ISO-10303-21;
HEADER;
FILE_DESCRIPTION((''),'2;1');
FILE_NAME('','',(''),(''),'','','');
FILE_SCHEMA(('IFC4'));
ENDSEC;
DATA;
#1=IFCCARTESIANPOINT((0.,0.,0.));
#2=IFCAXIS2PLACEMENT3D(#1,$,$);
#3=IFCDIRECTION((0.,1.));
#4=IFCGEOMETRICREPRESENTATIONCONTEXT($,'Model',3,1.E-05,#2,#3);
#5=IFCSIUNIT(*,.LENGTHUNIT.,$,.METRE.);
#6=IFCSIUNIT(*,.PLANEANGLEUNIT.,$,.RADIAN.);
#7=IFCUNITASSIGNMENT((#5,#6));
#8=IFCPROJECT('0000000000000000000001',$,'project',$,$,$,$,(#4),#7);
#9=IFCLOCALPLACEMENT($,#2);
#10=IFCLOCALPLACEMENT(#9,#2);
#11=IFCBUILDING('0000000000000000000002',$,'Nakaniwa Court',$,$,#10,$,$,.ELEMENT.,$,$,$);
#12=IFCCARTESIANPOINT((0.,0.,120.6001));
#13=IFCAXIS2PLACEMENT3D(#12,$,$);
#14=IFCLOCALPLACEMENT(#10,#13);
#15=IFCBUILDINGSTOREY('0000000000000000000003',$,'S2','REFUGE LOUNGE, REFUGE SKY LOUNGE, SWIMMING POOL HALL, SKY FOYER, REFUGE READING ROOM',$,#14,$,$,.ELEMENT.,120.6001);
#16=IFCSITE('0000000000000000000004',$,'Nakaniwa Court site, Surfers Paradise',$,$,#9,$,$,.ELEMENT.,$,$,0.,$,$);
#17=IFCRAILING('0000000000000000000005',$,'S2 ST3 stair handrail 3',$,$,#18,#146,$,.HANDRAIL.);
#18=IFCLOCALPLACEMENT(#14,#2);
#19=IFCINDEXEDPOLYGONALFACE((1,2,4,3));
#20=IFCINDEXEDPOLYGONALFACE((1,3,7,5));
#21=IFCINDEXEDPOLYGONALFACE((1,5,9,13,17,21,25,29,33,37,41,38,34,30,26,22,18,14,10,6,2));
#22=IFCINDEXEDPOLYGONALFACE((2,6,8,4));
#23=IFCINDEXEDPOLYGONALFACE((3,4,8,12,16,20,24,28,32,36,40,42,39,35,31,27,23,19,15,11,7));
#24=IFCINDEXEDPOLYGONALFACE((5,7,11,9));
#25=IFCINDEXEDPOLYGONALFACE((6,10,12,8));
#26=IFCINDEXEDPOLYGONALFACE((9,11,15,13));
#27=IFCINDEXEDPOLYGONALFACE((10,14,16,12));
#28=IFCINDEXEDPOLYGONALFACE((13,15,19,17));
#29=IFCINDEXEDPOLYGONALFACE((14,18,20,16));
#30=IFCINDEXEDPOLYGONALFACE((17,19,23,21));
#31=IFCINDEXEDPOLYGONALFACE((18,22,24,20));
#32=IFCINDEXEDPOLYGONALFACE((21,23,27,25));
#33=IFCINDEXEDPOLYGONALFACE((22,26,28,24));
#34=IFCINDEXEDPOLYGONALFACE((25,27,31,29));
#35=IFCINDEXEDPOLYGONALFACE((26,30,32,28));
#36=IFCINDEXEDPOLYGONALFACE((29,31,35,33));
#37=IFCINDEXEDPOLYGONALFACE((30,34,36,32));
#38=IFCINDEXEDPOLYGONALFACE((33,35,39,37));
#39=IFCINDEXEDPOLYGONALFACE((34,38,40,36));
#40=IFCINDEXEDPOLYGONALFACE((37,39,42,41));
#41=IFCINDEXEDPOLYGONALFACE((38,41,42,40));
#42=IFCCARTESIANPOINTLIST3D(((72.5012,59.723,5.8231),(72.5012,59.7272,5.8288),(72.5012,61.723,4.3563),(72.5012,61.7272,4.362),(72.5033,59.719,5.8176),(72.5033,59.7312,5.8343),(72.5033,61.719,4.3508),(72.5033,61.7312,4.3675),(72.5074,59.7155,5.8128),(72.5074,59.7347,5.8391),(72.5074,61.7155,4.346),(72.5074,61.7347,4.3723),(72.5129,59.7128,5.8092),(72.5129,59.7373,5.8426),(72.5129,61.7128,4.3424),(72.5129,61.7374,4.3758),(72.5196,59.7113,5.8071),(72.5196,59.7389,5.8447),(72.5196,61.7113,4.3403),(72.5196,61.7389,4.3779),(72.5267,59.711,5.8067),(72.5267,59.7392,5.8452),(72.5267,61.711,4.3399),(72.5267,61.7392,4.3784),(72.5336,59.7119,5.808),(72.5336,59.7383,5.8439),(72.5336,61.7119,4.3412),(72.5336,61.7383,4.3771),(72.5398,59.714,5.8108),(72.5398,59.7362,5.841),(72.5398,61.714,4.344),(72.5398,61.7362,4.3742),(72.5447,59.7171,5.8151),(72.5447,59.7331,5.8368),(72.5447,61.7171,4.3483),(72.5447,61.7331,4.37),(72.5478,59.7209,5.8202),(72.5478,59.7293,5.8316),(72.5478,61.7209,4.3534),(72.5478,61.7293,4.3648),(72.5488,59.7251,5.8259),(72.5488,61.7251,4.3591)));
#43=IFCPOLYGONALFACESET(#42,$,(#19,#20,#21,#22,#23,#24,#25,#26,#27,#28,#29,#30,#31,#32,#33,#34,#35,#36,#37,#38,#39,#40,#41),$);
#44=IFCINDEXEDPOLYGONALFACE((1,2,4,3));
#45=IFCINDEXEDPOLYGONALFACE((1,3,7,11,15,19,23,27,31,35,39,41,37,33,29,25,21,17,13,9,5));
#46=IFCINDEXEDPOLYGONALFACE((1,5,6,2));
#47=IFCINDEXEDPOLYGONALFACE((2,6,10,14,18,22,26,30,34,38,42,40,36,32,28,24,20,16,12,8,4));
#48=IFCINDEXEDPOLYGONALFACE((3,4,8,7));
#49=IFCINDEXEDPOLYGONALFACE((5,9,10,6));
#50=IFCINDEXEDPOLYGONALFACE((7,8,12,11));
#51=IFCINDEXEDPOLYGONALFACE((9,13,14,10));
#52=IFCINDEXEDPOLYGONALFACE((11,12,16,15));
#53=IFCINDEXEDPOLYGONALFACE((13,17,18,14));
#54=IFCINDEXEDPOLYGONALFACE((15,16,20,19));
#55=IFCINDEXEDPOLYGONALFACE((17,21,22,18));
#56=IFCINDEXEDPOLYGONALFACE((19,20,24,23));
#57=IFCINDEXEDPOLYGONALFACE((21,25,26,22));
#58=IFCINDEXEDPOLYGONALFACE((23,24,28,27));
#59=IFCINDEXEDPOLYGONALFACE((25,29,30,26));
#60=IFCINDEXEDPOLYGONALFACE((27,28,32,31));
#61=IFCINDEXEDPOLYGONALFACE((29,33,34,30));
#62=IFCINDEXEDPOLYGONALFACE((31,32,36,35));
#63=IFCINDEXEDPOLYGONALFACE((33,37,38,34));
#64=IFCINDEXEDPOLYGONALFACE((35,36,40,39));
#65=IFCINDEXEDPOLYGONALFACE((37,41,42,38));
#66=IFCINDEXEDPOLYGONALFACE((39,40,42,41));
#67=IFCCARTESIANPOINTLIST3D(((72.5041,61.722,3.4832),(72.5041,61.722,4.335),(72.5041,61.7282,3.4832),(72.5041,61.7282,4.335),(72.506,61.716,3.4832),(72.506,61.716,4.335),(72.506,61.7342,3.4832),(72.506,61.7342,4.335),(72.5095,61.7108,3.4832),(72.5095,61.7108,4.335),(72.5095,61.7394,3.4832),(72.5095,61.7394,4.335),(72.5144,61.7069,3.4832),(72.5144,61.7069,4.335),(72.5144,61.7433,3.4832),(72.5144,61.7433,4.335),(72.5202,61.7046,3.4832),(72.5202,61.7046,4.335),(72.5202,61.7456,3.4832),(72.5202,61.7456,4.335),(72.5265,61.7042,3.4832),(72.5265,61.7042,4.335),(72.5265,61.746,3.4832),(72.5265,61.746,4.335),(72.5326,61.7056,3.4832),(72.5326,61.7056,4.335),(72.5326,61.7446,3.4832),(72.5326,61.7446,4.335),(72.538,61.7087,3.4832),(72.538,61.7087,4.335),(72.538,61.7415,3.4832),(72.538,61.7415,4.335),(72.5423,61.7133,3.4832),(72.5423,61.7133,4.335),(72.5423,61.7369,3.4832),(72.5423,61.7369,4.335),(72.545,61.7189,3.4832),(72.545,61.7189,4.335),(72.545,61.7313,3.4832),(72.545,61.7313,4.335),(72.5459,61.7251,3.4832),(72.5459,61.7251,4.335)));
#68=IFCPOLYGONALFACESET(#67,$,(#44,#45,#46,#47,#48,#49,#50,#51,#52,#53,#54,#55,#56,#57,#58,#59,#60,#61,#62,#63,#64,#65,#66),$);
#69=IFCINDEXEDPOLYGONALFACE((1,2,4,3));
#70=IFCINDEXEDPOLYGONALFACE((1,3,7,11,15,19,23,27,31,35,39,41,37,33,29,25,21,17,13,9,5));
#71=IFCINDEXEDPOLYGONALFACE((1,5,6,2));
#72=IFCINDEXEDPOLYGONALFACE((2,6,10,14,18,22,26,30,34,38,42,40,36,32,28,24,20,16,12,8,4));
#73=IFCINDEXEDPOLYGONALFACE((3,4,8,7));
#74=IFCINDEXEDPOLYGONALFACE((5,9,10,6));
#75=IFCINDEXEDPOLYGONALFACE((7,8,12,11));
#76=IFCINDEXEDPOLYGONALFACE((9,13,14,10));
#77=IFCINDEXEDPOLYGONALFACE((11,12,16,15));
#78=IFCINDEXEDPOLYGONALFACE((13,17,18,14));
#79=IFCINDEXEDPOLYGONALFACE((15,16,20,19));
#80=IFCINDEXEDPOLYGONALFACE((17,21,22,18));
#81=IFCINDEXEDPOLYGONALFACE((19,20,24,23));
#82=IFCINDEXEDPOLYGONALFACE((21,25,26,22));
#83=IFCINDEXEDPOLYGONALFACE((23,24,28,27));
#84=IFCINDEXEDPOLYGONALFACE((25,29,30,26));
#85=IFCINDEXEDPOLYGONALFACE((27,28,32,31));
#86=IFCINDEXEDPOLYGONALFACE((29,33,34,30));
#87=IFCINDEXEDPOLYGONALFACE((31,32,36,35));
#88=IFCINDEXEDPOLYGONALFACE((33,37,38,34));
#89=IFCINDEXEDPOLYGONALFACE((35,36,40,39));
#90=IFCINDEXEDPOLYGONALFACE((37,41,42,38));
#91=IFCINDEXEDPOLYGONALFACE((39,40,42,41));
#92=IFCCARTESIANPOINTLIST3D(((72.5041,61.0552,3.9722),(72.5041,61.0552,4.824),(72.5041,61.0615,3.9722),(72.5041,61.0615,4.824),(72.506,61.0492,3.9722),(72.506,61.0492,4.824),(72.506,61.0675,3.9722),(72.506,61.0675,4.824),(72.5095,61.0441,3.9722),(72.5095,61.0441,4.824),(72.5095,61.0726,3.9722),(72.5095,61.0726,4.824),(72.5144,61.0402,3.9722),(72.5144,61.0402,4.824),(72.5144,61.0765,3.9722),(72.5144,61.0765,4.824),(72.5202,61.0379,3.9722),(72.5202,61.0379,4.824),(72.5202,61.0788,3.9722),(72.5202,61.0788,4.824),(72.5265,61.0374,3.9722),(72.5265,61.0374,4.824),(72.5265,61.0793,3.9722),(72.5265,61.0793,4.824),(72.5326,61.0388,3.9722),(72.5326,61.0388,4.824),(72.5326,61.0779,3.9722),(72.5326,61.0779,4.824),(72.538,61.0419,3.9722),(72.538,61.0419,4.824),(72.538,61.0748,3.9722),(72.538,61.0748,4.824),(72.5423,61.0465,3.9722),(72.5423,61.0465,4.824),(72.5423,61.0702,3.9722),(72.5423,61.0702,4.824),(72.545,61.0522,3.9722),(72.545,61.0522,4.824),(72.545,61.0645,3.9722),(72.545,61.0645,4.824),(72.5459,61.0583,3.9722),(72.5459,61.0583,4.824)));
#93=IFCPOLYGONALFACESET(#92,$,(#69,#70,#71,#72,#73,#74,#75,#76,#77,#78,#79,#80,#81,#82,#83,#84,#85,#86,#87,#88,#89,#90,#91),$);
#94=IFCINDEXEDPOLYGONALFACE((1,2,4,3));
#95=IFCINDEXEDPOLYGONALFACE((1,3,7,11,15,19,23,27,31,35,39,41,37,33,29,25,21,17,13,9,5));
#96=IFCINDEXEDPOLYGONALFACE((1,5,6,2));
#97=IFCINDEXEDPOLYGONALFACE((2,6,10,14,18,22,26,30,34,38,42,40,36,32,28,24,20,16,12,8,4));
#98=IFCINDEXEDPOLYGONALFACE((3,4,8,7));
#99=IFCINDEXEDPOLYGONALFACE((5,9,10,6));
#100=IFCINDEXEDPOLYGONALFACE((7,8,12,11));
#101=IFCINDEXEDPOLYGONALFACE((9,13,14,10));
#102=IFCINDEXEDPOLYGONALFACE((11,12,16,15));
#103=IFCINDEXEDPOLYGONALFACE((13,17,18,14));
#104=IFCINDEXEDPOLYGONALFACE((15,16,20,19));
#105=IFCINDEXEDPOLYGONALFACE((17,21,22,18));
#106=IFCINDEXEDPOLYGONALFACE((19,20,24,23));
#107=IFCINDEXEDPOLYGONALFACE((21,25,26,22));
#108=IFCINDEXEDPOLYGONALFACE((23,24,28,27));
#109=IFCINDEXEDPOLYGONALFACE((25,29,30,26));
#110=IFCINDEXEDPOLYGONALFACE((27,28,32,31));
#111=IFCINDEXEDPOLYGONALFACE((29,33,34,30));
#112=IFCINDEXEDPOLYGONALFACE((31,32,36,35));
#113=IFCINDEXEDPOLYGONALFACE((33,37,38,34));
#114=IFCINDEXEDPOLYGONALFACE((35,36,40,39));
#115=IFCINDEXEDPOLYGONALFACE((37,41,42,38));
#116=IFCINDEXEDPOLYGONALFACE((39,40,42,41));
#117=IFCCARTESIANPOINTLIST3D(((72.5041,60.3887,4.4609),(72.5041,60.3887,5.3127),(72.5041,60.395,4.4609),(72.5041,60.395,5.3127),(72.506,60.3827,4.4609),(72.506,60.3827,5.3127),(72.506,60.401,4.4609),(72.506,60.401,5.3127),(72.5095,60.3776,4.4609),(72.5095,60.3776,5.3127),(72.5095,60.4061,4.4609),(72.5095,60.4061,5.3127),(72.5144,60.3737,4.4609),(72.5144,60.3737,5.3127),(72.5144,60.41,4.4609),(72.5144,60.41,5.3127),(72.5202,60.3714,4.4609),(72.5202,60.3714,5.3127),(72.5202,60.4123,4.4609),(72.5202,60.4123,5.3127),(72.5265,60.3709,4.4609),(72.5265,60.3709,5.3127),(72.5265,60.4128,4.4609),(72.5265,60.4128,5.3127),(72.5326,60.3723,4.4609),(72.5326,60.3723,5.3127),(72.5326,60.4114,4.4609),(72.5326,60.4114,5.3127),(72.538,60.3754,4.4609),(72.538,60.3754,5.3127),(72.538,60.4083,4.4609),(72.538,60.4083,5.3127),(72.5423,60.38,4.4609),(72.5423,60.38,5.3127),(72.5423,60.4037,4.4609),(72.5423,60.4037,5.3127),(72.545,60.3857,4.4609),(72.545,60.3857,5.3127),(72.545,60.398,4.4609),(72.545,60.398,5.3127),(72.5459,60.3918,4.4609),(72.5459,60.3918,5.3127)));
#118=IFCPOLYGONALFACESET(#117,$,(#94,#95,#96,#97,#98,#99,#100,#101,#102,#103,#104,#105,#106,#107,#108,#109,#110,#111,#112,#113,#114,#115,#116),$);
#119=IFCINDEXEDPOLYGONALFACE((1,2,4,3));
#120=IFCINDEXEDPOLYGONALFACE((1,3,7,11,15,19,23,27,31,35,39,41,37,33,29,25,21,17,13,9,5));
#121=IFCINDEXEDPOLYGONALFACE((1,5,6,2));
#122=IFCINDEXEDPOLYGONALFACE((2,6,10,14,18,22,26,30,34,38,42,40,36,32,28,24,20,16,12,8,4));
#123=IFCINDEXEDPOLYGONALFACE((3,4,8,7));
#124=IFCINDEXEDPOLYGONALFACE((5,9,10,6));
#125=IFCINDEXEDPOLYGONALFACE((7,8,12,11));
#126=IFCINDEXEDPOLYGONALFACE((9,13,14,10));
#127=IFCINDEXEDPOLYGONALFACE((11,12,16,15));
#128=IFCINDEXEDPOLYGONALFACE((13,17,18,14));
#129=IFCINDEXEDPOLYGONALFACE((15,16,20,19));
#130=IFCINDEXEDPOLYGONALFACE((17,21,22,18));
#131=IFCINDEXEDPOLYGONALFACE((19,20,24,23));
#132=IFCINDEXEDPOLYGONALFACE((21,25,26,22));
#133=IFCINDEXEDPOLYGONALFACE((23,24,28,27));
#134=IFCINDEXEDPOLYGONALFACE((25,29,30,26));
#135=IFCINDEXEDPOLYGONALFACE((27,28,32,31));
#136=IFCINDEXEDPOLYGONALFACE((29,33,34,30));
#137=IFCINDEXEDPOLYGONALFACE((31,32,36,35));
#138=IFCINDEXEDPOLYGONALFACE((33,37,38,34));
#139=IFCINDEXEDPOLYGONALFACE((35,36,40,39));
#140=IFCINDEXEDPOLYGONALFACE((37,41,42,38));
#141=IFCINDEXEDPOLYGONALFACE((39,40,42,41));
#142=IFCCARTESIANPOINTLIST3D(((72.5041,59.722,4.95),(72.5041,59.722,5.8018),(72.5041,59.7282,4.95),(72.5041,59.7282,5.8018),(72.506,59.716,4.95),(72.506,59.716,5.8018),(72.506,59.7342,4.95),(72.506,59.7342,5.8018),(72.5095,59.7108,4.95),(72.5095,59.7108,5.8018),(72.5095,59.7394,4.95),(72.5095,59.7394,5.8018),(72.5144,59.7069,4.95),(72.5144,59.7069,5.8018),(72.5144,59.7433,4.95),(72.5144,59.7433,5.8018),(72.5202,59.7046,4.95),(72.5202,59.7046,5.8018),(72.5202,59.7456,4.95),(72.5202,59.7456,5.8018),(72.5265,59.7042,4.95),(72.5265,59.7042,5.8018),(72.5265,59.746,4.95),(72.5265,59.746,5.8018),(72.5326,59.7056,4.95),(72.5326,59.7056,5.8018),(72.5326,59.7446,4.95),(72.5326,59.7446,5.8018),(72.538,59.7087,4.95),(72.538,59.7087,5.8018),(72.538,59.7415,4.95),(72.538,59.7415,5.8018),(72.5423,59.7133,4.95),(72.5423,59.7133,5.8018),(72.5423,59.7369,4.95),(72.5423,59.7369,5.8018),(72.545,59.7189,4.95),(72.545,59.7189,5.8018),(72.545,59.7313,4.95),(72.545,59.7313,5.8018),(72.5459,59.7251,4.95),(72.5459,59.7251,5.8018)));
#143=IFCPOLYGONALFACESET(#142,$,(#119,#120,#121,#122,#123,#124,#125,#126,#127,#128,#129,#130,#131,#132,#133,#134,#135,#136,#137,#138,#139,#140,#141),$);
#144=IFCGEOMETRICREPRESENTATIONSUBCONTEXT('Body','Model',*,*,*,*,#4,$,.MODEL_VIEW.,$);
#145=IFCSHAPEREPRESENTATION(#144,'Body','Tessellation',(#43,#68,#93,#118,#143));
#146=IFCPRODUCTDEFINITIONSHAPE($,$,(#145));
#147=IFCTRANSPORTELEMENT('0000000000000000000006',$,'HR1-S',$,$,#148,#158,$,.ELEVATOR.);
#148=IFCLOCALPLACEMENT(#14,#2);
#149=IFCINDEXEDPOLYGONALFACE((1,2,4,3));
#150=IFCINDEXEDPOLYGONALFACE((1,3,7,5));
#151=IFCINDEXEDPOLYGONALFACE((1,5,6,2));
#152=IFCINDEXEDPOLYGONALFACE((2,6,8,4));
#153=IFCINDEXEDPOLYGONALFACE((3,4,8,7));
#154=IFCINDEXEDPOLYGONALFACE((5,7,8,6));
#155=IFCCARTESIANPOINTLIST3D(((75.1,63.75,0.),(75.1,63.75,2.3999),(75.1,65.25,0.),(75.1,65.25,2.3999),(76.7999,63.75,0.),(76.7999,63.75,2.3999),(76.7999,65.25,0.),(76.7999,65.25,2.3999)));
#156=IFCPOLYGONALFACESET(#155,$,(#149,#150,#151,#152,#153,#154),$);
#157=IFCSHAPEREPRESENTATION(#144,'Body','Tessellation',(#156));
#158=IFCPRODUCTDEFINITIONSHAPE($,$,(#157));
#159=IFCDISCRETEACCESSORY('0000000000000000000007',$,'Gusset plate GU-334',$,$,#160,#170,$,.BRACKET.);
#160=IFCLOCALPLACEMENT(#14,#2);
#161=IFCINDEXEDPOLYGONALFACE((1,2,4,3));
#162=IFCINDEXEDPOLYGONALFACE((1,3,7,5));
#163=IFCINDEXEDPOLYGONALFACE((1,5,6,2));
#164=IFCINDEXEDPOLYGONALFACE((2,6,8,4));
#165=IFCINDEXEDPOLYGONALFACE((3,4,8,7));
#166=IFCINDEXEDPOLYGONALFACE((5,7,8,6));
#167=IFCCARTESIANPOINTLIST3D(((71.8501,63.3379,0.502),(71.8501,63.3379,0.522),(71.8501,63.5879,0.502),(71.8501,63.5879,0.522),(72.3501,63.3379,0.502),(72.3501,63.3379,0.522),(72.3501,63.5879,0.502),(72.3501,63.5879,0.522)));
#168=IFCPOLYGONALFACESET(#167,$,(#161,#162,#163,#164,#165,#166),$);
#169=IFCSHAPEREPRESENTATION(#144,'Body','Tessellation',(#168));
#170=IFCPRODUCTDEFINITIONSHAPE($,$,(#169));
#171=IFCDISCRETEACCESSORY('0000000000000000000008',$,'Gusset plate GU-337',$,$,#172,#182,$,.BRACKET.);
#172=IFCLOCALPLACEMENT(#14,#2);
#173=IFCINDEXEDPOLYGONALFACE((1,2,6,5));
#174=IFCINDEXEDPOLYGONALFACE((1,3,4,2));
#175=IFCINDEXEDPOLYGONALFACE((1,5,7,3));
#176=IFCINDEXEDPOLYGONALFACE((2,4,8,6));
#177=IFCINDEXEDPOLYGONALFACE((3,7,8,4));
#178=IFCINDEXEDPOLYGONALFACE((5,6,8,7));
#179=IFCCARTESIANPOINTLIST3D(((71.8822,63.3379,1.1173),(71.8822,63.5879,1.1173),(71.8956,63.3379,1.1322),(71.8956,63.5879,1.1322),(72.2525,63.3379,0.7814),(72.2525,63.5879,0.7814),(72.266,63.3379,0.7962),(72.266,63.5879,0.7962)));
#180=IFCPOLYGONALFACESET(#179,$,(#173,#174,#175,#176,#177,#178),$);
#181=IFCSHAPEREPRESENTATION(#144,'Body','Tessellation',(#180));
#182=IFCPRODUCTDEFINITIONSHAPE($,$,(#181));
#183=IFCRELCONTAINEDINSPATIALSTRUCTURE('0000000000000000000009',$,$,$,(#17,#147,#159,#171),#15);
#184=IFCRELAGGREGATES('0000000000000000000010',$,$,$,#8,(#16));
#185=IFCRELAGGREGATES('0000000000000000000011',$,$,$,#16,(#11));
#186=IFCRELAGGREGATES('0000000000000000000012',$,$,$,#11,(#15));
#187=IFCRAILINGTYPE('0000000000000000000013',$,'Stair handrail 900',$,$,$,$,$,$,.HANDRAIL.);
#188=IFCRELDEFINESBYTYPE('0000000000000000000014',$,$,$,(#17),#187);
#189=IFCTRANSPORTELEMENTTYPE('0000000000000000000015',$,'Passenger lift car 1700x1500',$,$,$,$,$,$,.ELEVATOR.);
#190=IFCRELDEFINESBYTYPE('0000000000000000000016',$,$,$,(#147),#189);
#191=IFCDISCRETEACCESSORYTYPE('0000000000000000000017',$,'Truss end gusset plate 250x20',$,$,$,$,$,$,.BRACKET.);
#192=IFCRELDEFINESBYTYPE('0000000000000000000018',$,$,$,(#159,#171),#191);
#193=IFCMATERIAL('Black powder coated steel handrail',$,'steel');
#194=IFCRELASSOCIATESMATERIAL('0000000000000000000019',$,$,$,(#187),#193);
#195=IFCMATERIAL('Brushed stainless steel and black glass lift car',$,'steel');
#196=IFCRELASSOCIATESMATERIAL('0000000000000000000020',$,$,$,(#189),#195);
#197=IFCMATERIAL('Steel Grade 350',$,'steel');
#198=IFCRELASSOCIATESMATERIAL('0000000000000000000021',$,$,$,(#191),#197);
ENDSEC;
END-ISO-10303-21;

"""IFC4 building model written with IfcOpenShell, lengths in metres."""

from ifc_helpers import new_model, si_unit, direction, frame, origin, origin_2d, place, context, subcontext, project, spatial, rectangle, circle, extrude, material, material_profile, profile_set, type_object, element, save


model = new_model("IFC4")

# Units and contexts
model_context = context("Model", 3, precision=1e-05, world=origin(), true_north=direction((0.0, 1.0)))
body_context = subcontext(model_context, "Body", "Model", "MODEL_VIEW")
ifc_project = project(units=[si_unit("LENGTHUNIT", "METRE"), si_unit("PLANEANGLEUNIT", "RADIAN")], contexts=[model_context])

# Site, building, storey
site_placement = place(None, origin())
site = spatial("IfcSite", under=ifc_project, at=site_placement, Name="Nakaniwa Court site, Surfers Paradise", CompositionType="ELEMENT", RefElevation=0.0)
building_placement = place(site_placement, origin())
building = spatial("IfcBuilding", under=site, at=building_placement, Name="Nakaniwa Court", CompositionType="ELEMENT")
storey_placement = place(building_placement, frame((0.0, 0.0, 120.6001)))
storey = spatial("IfcBuildingStorey", under=building, at=storey_placement, Name="S2", Description="REFUGE LOUNGE, REFUGE SKY LOUNGE, SWIMMING POOL HALL, SKY FOYER, REFUGE READING ROOM", CompositionType="ELEMENT", Elevation=120.6001)

# Shared definitions
ifc_material_1 = material(Name="Steel Grade 350", Category="steel")

# Railing
ifc_material_2 = material(Name="Black powder coated steel handrail", Category="steel")
railing_type_1 = type_object("IfcRailingType", Name="Stair handrail 900", PredefinedType="HANDRAIL", material=ifc_material_2)
railing_1_placement = place(storey_placement, frame((72.5249, 61.7251, 3.4832)))
element("IfcRailing", 1, at=railing_1_placement, inside=storey, type_object=railing_type_1, Name="S2 ST3 stair handrail 3", PredefinedType="HANDRAIL", context=body_context, shape_type="SweptSolid", body=[
    extrude(circle(Radius=0.0239, at=origin_2d()), frame((0.0, 0.0, 0.876), z_axis=(0.0, -0.80638, 0.591398), x_axis=(1.0, 0.0, 0.0)), (0.0, 0.0, 1.0), 2.4802),
    extrude(circle(Radius=0.021, at=origin_2d()), origin(), (0.0, 0.0, 1.0), 0.8518),
    extrude(circle(Radius=0.021, at=origin_2d()), frame((0.0, -0.6667, 0.489)), (0.0, 0.0, 1.0), 0.8518),
    extrude(circle(Radius=0.021, at=origin_2d()), frame((0.0, -1.3333, 0.9778)), (0.0, 0.0, 1.0), 0.8518),
    extrude(circle(Radius=0.021, at=origin_2d()), frame((0.0, -2.0, 1.4668)), (0.0, 0.0, 1.0), 0.8518),
])

# Transport element
ifc_material_3 = material(Name="Brushed stainless steel and black glass lift car", Category="steel")
transport_element_type = type_object("IfcTransportElementType", Name="Passenger lift car 1700x1500", PredefinedType="ELEVATOR", material=ifc_material_3)
transport_element_placement = place(storey_placement, frame((75.95, 64.5, 0.0), z_axis=(0.0, 0.0, 1.0), x_axis=(1.0, 0.0, 0.0)))
element("IfcTransportElement", 2, at=transport_element_placement, inside=storey, type_object=transport_element_type, Name="HR1-S", PredefinedType="ELEVATOR", context=body_context, shape_type="SweptSolid", body=[
    extrude(rectangle(XDim=1.7, YDim=1.5, at=origin_2d()), origin(), (0.0, 0.0, 1.0), 2.3999),
])

# Discrete accessories
ifc_material_profile_1 = material_profile(ifc_material_1, rectangle(XDim=0.25, YDim=0.02, at=origin_2d()), Name="Truss end gusset plate 250x20")
ifc_profile_set_1 = profile_set([ifc_material_profile_1], Name="Steel Grade 350")
discrete_accessory_type = type_object("IfcDiscreteAccessoryType", Name="Truss end gusset plate 250x20", PredefinedType="BRACKET", material=ifc_profile_set_1)
for number, where, z_axis, x_axis, name in (
    (3, (71.8501, 63.4629, 0.512), (1.0, 0.0, 0.0), (0.0, 1.0, 0.0), "Gusset plate GU-334"),
    (4, (71.8889, 63.4629, 1.1248), (0.740691, 0.0, -0.671846), (0.0, 1.0, 0.0), "Gusset plate GU-337"),
):
    element("IfcDiscreteAccessory", number, at=place(storey_placement, frame(where, z_axis=z_axis, x_axis=x_axis)), inside=storey, type_object=discrete_accessory_type, Name=name, PredefinedType="BRACKET", context=body_context, shape_type="SweptSolid", body=[
        extrude(rectangle(XDim=0.25, YDim=0.02, at=origin_2d()), origin(), (0.0, 0.0, 1.0), 0.5),
    ])

save(model, "model.ifc")
